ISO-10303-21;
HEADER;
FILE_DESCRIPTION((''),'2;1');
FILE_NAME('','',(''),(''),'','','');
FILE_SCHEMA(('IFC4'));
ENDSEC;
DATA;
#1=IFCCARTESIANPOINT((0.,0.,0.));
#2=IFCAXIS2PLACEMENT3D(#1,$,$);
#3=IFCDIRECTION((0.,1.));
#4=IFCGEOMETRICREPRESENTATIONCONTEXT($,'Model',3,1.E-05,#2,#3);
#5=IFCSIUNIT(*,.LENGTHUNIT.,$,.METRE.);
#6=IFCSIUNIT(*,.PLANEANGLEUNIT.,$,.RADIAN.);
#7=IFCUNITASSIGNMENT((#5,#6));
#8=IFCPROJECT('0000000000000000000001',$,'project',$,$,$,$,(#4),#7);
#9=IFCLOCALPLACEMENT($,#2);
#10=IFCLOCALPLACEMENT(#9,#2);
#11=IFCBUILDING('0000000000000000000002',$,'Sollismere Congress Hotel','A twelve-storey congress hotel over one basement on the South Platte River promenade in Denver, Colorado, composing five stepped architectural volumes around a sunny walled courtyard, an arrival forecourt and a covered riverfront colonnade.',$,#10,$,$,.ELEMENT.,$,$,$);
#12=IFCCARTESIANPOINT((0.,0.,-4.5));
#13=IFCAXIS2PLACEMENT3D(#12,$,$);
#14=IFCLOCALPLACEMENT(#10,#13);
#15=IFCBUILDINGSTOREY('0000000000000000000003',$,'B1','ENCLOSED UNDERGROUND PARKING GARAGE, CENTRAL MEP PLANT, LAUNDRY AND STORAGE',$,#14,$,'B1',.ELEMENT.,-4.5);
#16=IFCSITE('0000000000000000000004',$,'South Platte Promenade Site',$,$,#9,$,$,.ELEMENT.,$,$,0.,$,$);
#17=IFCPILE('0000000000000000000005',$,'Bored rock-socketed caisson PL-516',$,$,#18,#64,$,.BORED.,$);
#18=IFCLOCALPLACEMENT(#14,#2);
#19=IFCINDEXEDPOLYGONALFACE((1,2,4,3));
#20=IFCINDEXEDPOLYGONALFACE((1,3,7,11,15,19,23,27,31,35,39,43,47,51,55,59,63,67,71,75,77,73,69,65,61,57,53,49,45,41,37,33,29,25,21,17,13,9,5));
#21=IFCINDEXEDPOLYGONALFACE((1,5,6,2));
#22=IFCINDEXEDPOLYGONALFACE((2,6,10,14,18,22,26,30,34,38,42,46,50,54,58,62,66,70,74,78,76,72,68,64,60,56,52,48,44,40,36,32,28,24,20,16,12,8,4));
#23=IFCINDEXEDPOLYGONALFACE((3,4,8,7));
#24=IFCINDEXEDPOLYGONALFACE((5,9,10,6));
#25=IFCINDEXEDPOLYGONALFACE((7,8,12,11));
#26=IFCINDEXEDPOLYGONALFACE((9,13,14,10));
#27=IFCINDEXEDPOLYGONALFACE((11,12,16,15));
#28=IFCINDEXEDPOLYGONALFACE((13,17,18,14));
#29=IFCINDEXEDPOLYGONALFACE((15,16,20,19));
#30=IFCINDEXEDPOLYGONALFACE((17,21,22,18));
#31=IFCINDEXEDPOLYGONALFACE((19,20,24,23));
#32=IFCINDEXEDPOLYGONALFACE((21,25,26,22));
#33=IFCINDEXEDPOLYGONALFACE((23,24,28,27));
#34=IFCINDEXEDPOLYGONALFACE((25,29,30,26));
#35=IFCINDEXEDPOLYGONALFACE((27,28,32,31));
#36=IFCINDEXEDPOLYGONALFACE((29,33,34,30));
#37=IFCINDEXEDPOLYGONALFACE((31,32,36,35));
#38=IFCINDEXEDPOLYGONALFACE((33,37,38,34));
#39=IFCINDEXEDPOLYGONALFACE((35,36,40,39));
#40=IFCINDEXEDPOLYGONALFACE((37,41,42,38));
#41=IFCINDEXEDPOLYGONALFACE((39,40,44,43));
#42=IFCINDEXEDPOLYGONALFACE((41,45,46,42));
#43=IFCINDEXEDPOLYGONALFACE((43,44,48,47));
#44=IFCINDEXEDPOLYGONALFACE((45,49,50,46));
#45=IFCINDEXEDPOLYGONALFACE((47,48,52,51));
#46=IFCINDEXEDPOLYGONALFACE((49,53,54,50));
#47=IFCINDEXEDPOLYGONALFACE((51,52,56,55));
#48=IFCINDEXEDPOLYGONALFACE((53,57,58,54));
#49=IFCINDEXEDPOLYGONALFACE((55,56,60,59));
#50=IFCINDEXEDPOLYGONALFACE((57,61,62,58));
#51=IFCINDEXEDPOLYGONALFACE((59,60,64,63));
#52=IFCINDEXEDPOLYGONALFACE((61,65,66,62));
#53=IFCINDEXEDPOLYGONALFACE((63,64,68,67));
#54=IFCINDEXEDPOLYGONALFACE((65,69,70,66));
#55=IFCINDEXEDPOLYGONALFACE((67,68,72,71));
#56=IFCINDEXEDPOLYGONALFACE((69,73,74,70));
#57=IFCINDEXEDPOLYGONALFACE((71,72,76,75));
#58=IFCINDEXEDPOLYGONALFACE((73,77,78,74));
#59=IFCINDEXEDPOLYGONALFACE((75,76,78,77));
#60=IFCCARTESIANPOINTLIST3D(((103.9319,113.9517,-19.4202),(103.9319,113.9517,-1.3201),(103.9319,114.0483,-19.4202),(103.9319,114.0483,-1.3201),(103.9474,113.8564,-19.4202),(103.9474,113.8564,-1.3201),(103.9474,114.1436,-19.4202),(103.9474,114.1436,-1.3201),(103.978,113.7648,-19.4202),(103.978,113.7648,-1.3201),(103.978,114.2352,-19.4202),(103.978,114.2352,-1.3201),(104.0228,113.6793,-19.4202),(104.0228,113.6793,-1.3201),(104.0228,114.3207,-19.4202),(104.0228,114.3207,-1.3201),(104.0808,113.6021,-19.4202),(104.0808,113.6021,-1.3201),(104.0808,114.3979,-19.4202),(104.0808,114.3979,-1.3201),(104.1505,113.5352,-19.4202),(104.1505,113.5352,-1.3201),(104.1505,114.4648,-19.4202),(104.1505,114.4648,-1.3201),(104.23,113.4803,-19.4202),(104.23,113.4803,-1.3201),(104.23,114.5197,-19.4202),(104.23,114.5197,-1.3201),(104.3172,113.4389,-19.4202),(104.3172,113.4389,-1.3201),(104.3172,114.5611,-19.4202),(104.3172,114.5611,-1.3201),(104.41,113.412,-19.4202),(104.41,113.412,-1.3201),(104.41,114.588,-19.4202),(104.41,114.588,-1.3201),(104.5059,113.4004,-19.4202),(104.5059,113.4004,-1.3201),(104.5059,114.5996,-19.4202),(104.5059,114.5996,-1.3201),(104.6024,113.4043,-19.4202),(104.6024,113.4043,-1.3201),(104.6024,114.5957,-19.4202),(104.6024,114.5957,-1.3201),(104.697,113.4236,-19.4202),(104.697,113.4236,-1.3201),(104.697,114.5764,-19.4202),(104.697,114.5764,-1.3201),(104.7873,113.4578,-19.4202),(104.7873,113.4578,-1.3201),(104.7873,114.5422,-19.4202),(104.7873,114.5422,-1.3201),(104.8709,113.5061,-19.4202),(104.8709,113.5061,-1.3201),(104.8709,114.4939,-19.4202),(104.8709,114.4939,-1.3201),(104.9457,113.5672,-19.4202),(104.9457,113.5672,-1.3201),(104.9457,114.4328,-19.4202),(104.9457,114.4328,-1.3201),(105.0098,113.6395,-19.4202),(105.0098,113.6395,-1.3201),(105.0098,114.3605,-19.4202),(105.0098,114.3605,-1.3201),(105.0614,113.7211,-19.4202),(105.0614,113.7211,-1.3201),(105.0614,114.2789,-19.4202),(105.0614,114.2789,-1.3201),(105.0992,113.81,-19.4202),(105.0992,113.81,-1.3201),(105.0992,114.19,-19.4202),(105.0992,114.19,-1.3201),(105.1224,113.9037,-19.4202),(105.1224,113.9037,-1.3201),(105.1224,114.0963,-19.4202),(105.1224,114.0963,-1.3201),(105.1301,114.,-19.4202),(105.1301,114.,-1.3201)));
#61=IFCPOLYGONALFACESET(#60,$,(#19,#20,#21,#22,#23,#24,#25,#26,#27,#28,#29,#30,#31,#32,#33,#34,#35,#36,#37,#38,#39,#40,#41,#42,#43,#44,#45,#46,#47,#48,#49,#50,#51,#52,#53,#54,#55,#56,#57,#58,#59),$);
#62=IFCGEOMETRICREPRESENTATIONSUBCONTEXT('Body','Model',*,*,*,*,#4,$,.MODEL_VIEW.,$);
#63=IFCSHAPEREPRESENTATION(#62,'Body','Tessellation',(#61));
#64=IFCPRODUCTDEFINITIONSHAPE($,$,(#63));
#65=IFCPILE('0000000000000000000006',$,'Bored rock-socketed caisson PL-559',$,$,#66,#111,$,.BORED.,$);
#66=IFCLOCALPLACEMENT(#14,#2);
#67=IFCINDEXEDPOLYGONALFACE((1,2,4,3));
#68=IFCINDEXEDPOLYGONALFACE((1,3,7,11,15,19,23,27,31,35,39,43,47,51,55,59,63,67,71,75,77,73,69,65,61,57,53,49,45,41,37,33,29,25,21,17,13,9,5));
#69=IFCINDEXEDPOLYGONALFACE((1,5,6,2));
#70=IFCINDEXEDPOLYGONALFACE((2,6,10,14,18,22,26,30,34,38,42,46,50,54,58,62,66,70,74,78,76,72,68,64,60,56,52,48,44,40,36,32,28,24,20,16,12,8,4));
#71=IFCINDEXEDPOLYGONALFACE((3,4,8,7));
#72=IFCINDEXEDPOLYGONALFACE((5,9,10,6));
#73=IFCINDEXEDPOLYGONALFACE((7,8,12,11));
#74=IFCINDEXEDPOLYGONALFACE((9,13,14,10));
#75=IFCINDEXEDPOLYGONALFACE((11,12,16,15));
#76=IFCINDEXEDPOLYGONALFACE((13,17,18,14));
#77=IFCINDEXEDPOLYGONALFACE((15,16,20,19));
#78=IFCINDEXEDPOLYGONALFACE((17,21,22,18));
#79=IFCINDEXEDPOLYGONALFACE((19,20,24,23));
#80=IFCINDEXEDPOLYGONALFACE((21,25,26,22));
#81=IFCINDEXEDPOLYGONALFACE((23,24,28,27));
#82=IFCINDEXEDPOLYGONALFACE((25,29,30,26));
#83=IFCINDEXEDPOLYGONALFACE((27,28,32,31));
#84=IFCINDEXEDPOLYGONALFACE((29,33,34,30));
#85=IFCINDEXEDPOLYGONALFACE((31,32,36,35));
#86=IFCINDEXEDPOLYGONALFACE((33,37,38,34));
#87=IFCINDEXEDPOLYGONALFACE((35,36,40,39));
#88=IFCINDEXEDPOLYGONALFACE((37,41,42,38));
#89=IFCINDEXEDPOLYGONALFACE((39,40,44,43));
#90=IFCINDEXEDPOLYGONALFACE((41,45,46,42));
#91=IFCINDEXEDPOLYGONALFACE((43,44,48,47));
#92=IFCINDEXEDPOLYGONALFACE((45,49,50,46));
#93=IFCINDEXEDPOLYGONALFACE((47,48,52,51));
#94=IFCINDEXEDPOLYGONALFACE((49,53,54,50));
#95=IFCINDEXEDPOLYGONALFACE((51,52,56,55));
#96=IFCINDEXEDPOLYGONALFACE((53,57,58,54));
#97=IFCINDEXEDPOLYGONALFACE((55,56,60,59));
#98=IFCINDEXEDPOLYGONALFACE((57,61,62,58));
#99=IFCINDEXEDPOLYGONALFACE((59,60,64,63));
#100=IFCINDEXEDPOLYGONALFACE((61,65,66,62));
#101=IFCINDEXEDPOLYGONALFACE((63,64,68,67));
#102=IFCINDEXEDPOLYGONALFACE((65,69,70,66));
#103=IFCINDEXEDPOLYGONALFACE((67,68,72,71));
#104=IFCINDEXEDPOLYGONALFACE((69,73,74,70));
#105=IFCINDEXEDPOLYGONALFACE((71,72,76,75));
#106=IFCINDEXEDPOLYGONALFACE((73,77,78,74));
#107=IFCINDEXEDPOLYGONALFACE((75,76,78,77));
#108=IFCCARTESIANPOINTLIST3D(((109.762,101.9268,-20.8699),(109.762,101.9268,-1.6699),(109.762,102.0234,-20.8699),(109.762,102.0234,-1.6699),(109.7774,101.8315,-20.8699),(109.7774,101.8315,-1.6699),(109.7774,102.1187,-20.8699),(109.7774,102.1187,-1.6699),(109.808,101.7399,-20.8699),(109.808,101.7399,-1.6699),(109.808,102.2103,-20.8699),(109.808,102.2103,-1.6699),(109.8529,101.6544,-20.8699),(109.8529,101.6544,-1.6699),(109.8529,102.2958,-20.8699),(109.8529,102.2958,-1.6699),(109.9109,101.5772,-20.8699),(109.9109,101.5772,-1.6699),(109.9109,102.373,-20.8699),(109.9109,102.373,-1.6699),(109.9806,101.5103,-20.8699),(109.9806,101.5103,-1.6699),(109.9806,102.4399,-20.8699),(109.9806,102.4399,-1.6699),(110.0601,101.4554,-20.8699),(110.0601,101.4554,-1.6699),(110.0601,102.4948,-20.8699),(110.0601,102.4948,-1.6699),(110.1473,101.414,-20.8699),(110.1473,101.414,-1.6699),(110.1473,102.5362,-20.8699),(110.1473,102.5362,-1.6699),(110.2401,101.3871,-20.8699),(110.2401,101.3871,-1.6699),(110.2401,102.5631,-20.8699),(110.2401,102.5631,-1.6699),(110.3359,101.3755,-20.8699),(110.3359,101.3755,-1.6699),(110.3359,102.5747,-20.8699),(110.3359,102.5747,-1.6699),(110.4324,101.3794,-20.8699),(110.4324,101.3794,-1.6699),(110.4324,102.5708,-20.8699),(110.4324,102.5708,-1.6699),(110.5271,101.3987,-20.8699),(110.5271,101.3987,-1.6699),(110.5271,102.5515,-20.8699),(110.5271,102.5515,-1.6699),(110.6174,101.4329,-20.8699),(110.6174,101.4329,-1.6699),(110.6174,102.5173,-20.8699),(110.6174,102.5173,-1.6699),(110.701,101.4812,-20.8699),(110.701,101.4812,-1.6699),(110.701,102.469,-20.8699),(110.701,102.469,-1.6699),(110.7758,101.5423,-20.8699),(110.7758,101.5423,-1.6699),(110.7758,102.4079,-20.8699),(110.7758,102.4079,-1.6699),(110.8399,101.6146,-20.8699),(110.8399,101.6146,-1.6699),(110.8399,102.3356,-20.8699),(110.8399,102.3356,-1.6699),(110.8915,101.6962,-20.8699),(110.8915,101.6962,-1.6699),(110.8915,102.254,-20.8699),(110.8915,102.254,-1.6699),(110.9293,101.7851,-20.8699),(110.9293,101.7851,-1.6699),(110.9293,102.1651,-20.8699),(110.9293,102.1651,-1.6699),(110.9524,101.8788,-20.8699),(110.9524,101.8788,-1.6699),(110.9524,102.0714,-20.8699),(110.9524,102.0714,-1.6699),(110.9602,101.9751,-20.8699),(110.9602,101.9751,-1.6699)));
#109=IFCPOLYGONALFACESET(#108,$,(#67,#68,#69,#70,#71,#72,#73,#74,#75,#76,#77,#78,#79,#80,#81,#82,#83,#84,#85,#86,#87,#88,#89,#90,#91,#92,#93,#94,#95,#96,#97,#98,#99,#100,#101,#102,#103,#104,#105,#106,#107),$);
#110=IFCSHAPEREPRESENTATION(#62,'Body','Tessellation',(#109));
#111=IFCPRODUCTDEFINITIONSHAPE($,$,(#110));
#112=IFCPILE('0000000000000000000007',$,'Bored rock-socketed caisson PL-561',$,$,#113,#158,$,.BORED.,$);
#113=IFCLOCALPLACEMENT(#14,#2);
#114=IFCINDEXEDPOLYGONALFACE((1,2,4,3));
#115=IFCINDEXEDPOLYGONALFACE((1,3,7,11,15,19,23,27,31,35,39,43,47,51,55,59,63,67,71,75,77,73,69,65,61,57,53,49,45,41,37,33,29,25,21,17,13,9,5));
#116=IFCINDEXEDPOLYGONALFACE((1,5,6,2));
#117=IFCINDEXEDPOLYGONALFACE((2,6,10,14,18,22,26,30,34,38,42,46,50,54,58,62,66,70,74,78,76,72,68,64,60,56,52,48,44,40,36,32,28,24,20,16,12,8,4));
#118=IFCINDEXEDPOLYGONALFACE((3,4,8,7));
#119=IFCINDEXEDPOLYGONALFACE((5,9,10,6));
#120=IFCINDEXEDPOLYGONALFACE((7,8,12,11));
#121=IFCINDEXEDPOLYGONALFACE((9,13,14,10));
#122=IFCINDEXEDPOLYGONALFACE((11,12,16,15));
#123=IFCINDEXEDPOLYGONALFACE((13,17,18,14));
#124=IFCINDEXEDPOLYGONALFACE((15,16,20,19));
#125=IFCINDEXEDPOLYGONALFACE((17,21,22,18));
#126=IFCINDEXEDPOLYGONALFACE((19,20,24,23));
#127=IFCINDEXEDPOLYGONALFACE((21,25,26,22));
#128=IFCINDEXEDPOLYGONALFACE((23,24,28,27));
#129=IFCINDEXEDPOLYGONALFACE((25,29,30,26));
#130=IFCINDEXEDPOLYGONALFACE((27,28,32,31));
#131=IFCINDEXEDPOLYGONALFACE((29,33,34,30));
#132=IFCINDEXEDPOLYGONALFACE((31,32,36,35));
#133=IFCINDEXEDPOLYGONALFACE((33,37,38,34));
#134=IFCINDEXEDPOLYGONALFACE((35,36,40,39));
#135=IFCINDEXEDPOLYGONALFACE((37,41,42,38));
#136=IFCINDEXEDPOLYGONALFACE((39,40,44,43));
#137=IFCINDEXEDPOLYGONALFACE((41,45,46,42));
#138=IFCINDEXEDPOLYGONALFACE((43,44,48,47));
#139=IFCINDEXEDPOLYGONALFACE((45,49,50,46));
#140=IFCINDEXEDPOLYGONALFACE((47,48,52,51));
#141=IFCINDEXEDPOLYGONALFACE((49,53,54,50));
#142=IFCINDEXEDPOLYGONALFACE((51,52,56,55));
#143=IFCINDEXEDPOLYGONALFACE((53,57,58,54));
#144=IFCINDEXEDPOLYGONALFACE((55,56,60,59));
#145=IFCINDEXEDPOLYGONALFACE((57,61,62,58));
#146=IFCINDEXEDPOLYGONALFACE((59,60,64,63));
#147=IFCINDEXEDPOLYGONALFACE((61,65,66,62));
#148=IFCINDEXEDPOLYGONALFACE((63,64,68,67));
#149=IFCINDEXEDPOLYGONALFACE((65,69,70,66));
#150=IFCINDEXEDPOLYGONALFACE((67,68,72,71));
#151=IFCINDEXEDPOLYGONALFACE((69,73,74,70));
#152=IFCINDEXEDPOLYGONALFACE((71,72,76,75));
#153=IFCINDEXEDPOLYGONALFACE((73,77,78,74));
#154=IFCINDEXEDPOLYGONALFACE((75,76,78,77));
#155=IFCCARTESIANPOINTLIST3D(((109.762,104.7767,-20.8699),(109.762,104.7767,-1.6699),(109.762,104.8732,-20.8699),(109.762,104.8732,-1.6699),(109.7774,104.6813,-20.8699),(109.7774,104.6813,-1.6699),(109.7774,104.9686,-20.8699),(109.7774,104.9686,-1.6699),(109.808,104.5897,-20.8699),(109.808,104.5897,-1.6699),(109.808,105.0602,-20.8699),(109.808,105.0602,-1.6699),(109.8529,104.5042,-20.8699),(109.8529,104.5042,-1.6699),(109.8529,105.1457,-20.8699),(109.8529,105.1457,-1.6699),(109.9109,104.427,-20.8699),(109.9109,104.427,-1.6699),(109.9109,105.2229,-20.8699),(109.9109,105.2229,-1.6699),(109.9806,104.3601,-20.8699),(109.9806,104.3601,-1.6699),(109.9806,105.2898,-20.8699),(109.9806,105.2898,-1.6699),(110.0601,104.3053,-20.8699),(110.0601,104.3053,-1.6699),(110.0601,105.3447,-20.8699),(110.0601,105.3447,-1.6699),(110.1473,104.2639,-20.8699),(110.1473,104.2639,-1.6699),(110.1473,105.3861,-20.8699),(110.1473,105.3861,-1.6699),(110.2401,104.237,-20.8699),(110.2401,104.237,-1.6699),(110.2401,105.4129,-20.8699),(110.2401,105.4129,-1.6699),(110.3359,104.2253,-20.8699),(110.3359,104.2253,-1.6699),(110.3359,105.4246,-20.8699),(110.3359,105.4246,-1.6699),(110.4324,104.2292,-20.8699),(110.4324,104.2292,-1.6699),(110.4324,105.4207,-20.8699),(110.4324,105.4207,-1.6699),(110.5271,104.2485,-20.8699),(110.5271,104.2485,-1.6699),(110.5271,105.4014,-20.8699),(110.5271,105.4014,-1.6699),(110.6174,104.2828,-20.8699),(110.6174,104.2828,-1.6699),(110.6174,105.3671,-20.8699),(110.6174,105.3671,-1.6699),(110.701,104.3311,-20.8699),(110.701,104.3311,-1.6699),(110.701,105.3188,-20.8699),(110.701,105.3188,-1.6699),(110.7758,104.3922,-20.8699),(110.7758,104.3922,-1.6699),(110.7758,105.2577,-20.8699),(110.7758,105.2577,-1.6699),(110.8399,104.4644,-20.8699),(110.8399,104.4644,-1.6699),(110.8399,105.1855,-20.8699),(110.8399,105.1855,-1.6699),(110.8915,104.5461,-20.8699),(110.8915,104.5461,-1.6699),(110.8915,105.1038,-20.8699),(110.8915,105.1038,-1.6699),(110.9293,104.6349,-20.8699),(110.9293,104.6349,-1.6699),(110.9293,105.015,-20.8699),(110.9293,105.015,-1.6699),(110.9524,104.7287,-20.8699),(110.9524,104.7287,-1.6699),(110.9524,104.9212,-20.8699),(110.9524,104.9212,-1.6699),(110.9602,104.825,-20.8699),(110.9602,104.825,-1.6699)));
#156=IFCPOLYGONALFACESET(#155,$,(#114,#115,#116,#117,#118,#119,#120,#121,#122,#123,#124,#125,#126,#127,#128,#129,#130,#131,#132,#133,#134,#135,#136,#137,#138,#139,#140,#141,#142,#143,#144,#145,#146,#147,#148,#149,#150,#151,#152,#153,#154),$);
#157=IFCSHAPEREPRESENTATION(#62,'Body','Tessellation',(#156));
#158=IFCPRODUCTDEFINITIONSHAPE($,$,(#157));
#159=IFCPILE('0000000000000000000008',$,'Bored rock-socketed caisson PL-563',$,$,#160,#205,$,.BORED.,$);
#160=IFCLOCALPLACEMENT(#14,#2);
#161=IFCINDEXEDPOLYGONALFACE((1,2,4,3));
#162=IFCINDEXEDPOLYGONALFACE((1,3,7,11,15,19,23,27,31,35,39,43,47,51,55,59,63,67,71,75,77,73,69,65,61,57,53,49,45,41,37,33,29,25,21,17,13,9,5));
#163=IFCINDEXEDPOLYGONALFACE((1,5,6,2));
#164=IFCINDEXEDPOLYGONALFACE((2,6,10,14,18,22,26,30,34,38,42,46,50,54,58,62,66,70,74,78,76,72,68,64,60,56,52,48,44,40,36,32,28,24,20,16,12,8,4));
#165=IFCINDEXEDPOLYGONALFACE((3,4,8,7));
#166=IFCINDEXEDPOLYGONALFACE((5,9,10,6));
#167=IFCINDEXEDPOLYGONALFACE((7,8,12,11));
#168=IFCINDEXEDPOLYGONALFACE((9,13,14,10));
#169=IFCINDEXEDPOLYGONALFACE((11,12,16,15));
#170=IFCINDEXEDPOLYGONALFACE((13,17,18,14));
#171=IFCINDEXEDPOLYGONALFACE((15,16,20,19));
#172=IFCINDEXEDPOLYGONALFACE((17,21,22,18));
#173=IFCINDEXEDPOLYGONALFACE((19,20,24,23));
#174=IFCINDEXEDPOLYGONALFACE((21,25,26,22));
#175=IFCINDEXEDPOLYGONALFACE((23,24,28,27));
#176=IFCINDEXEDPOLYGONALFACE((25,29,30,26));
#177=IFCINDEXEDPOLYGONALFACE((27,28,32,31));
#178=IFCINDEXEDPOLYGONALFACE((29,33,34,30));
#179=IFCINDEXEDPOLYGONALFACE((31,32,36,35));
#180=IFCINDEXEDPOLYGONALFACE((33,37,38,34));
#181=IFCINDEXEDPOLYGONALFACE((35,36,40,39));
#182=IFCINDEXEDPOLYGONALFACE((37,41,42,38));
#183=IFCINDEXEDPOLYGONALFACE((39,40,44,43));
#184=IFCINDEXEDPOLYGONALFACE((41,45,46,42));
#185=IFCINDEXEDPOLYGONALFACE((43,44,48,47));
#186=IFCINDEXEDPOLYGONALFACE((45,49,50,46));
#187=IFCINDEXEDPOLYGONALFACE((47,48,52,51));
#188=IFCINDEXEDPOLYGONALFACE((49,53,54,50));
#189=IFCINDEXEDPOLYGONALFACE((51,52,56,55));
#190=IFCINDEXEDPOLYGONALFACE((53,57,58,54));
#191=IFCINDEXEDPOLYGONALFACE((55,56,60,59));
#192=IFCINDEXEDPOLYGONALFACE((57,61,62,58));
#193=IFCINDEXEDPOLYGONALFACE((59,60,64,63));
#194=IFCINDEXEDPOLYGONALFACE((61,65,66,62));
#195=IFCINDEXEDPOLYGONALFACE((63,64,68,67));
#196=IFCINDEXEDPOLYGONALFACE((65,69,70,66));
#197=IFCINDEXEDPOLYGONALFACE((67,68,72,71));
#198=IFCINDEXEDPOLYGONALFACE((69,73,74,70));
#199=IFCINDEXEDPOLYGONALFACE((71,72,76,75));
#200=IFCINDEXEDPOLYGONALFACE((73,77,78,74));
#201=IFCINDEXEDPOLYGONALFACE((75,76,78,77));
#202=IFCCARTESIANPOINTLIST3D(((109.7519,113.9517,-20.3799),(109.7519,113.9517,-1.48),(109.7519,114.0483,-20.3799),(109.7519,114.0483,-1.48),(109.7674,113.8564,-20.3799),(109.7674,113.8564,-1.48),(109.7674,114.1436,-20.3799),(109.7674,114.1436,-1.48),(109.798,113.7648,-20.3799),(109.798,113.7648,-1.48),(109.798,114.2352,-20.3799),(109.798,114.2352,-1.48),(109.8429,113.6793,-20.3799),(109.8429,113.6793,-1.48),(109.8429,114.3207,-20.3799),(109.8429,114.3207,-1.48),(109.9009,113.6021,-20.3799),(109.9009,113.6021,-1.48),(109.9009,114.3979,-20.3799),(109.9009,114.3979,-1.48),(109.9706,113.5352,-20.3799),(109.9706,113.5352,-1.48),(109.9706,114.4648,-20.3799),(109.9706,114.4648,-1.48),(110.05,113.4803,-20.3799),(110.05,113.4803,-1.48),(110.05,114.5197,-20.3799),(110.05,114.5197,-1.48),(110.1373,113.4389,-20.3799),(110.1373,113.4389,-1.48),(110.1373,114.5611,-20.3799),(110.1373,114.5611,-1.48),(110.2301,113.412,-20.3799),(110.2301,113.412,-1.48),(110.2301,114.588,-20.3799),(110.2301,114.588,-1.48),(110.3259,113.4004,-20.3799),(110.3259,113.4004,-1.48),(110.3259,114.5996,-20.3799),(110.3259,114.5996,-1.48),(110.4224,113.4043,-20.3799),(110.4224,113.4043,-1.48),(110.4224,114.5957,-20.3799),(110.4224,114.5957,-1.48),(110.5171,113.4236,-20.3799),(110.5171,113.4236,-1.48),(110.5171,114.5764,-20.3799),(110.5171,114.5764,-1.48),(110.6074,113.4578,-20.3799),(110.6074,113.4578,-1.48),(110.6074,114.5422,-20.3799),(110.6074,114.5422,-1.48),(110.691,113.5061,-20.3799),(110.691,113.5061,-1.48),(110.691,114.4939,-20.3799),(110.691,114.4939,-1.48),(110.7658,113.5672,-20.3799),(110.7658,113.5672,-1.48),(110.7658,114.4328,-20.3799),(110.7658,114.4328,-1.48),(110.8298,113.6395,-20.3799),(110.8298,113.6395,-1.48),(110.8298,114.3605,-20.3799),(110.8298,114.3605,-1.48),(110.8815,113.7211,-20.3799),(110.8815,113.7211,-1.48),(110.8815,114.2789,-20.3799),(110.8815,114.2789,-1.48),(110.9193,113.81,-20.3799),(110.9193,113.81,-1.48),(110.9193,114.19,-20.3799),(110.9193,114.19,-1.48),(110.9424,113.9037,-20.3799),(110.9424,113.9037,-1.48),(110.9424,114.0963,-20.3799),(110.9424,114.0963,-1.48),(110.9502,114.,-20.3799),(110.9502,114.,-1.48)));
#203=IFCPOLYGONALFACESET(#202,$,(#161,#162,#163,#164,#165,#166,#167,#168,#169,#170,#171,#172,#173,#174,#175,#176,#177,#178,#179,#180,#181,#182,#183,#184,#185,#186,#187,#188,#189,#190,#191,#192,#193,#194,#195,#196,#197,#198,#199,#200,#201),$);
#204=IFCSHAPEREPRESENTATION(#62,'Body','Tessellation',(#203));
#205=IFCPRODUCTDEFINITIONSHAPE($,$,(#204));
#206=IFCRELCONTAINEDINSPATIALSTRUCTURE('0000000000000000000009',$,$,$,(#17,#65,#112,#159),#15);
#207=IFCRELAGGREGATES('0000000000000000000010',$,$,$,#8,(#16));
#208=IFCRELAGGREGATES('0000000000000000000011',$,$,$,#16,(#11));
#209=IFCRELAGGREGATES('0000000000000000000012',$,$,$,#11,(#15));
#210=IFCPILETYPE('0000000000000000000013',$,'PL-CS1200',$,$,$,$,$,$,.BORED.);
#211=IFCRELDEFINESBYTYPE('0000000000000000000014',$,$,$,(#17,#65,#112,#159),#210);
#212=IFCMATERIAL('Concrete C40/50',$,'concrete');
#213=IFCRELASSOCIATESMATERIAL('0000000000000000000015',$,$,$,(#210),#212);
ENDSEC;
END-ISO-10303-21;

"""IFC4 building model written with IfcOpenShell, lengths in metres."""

from ifc_helpers import new_model, si_unit, direction, frame, origin, origin_2d, place, context, subcontext, project, spatial, circle, extrude, material, material_profile, profile_set, type_object, element, save


model = new_model("IFC4")

# Units and contexts
model_context = context("Model", 3, precision=1e-05, world=origin(), true_north=direction((0.0, 1.0)))
body_context = subcontext(model_context, "Body", "Model", "MODEL_VIEW")
ifc_project = project(units=[si_unit("LENGTHUNIT", "METRE"), si_unit("PLANEANGLEUNIT", "RADIAN")], contexts=[model_context])

# Site, building, storey
site_placement = place(None, origin())
site = spatial("IfcSite", under=ifc_project, at=site_placement, Name="South Platte Promenade Site", CompositionType="ELEMENT", RefElevation=0.0)
building_placement = place(site_placement, origin())
building = spatial("IfcBuilding", under=site, at=building_placement, Name="Sollismere Congress Hotel", Description="A twelve-storey congress hotel over one basement on the South Platte River promenade in Denver, Colorado, composing five stepped architectural volumes around a sunny walled courtyard, an arrival forecourt and a covered riverfront colonnade.", CompositionType="ELEMENT")
storey_placement = place(building_placement, frame((0.0, 0.0, -4.5)))
storey = spatial("IfcBuildingStorey", under=building, at=storey_placement, Name="B1", Description="ENCLOSED UNDERGROUND PARKING GARAGE, CENTRAL MEP PLANT, LAUNDRY AND STORAGE", LongName="B1", CompositionType="ELEMENT", Elevation=-4.5)

# Shared definitions
ifc_material_1 = material(Name="Concrete C40/50", Category="concrete")

# Piles
ifc_material_profile_1 = material_profile(ifc_material_1, circle(Radius=0.6001, at=origin_2d()), Name="CAISSON1200")
ifc_profile_set_1 = profile_set([ifc_material_profile_1], Name="Concrete C40/50")
pile_type = type_object("IfcPileType", Name="PL-CS1200", PredefinedType="BORED", material=ifc_profile_set_1)
pile_1_placement = place(storey_placement, frame((104.53, 114.0, -1.3201), z_axis=(0.0, 0.0, -1.0), x_axis=(1.0, 0.0, 0.0)))
element("IfcPile", 1, at=pile_1_placement, inside=storey, type_object=pile_type, Name="Bored rock-socketed caisson PL-516", PredefinedType="BORED", context=body_context, shape_type="SweptSolid", body=[
    extrude(circle(Radius=0.6001, at=origin_2d()), origin(), (0.0, 0.0, 1.0), 18.1001),
])
for number, where, z_axis, x_axis, name in (
    (2, (110.3601, 101.9751, -1.6699), (0.0, 0.0, -1.0), (1.0, 0.0, 0.0), "Bored rock-socketed caisson PL-559"),
    (3, (110.3601, 104.825, -1.6699), (0.0, 0.0, -1.0), (1.0, 0.0, 0.0), "Bored rock-socketed caisson PL-561"),
):
    element("IfcPile", number, at=place(storey_placement, frame(where, z_axis=z_axis, x_axis=x_axis)), inside=storey, type_object=pile_type, Name=name, PredefinedType="BORED", context=body_context, shape_type="SweptSolid", body=[
        extrude(circle(Radius=0.6001, at=origin_2d()), origin(), (0.0, 0.0, 1.0), 19.2),
    ])
pile_2_placement = place(storey_placement, frame((110.3501, 114.0, -1.48), z_axis=(0.0, 0.0, -1.0), x_axis=(1.0, 0.0, 0.0)))
element("IfcPile", 4, at=pile_2_placement, inside=storey, type_object=pile_type, Name="Bored rock-socketed caisson PL-563", PredefinedType="BORED", context=body_context, shape_type="SweptSolid", body=[
    extrude(circle(Radius=0.6001, at=origin_2d()), origin(), (0.0, 0.0, 1.0), 18.8999),
])

save(model, "model.ifc")
